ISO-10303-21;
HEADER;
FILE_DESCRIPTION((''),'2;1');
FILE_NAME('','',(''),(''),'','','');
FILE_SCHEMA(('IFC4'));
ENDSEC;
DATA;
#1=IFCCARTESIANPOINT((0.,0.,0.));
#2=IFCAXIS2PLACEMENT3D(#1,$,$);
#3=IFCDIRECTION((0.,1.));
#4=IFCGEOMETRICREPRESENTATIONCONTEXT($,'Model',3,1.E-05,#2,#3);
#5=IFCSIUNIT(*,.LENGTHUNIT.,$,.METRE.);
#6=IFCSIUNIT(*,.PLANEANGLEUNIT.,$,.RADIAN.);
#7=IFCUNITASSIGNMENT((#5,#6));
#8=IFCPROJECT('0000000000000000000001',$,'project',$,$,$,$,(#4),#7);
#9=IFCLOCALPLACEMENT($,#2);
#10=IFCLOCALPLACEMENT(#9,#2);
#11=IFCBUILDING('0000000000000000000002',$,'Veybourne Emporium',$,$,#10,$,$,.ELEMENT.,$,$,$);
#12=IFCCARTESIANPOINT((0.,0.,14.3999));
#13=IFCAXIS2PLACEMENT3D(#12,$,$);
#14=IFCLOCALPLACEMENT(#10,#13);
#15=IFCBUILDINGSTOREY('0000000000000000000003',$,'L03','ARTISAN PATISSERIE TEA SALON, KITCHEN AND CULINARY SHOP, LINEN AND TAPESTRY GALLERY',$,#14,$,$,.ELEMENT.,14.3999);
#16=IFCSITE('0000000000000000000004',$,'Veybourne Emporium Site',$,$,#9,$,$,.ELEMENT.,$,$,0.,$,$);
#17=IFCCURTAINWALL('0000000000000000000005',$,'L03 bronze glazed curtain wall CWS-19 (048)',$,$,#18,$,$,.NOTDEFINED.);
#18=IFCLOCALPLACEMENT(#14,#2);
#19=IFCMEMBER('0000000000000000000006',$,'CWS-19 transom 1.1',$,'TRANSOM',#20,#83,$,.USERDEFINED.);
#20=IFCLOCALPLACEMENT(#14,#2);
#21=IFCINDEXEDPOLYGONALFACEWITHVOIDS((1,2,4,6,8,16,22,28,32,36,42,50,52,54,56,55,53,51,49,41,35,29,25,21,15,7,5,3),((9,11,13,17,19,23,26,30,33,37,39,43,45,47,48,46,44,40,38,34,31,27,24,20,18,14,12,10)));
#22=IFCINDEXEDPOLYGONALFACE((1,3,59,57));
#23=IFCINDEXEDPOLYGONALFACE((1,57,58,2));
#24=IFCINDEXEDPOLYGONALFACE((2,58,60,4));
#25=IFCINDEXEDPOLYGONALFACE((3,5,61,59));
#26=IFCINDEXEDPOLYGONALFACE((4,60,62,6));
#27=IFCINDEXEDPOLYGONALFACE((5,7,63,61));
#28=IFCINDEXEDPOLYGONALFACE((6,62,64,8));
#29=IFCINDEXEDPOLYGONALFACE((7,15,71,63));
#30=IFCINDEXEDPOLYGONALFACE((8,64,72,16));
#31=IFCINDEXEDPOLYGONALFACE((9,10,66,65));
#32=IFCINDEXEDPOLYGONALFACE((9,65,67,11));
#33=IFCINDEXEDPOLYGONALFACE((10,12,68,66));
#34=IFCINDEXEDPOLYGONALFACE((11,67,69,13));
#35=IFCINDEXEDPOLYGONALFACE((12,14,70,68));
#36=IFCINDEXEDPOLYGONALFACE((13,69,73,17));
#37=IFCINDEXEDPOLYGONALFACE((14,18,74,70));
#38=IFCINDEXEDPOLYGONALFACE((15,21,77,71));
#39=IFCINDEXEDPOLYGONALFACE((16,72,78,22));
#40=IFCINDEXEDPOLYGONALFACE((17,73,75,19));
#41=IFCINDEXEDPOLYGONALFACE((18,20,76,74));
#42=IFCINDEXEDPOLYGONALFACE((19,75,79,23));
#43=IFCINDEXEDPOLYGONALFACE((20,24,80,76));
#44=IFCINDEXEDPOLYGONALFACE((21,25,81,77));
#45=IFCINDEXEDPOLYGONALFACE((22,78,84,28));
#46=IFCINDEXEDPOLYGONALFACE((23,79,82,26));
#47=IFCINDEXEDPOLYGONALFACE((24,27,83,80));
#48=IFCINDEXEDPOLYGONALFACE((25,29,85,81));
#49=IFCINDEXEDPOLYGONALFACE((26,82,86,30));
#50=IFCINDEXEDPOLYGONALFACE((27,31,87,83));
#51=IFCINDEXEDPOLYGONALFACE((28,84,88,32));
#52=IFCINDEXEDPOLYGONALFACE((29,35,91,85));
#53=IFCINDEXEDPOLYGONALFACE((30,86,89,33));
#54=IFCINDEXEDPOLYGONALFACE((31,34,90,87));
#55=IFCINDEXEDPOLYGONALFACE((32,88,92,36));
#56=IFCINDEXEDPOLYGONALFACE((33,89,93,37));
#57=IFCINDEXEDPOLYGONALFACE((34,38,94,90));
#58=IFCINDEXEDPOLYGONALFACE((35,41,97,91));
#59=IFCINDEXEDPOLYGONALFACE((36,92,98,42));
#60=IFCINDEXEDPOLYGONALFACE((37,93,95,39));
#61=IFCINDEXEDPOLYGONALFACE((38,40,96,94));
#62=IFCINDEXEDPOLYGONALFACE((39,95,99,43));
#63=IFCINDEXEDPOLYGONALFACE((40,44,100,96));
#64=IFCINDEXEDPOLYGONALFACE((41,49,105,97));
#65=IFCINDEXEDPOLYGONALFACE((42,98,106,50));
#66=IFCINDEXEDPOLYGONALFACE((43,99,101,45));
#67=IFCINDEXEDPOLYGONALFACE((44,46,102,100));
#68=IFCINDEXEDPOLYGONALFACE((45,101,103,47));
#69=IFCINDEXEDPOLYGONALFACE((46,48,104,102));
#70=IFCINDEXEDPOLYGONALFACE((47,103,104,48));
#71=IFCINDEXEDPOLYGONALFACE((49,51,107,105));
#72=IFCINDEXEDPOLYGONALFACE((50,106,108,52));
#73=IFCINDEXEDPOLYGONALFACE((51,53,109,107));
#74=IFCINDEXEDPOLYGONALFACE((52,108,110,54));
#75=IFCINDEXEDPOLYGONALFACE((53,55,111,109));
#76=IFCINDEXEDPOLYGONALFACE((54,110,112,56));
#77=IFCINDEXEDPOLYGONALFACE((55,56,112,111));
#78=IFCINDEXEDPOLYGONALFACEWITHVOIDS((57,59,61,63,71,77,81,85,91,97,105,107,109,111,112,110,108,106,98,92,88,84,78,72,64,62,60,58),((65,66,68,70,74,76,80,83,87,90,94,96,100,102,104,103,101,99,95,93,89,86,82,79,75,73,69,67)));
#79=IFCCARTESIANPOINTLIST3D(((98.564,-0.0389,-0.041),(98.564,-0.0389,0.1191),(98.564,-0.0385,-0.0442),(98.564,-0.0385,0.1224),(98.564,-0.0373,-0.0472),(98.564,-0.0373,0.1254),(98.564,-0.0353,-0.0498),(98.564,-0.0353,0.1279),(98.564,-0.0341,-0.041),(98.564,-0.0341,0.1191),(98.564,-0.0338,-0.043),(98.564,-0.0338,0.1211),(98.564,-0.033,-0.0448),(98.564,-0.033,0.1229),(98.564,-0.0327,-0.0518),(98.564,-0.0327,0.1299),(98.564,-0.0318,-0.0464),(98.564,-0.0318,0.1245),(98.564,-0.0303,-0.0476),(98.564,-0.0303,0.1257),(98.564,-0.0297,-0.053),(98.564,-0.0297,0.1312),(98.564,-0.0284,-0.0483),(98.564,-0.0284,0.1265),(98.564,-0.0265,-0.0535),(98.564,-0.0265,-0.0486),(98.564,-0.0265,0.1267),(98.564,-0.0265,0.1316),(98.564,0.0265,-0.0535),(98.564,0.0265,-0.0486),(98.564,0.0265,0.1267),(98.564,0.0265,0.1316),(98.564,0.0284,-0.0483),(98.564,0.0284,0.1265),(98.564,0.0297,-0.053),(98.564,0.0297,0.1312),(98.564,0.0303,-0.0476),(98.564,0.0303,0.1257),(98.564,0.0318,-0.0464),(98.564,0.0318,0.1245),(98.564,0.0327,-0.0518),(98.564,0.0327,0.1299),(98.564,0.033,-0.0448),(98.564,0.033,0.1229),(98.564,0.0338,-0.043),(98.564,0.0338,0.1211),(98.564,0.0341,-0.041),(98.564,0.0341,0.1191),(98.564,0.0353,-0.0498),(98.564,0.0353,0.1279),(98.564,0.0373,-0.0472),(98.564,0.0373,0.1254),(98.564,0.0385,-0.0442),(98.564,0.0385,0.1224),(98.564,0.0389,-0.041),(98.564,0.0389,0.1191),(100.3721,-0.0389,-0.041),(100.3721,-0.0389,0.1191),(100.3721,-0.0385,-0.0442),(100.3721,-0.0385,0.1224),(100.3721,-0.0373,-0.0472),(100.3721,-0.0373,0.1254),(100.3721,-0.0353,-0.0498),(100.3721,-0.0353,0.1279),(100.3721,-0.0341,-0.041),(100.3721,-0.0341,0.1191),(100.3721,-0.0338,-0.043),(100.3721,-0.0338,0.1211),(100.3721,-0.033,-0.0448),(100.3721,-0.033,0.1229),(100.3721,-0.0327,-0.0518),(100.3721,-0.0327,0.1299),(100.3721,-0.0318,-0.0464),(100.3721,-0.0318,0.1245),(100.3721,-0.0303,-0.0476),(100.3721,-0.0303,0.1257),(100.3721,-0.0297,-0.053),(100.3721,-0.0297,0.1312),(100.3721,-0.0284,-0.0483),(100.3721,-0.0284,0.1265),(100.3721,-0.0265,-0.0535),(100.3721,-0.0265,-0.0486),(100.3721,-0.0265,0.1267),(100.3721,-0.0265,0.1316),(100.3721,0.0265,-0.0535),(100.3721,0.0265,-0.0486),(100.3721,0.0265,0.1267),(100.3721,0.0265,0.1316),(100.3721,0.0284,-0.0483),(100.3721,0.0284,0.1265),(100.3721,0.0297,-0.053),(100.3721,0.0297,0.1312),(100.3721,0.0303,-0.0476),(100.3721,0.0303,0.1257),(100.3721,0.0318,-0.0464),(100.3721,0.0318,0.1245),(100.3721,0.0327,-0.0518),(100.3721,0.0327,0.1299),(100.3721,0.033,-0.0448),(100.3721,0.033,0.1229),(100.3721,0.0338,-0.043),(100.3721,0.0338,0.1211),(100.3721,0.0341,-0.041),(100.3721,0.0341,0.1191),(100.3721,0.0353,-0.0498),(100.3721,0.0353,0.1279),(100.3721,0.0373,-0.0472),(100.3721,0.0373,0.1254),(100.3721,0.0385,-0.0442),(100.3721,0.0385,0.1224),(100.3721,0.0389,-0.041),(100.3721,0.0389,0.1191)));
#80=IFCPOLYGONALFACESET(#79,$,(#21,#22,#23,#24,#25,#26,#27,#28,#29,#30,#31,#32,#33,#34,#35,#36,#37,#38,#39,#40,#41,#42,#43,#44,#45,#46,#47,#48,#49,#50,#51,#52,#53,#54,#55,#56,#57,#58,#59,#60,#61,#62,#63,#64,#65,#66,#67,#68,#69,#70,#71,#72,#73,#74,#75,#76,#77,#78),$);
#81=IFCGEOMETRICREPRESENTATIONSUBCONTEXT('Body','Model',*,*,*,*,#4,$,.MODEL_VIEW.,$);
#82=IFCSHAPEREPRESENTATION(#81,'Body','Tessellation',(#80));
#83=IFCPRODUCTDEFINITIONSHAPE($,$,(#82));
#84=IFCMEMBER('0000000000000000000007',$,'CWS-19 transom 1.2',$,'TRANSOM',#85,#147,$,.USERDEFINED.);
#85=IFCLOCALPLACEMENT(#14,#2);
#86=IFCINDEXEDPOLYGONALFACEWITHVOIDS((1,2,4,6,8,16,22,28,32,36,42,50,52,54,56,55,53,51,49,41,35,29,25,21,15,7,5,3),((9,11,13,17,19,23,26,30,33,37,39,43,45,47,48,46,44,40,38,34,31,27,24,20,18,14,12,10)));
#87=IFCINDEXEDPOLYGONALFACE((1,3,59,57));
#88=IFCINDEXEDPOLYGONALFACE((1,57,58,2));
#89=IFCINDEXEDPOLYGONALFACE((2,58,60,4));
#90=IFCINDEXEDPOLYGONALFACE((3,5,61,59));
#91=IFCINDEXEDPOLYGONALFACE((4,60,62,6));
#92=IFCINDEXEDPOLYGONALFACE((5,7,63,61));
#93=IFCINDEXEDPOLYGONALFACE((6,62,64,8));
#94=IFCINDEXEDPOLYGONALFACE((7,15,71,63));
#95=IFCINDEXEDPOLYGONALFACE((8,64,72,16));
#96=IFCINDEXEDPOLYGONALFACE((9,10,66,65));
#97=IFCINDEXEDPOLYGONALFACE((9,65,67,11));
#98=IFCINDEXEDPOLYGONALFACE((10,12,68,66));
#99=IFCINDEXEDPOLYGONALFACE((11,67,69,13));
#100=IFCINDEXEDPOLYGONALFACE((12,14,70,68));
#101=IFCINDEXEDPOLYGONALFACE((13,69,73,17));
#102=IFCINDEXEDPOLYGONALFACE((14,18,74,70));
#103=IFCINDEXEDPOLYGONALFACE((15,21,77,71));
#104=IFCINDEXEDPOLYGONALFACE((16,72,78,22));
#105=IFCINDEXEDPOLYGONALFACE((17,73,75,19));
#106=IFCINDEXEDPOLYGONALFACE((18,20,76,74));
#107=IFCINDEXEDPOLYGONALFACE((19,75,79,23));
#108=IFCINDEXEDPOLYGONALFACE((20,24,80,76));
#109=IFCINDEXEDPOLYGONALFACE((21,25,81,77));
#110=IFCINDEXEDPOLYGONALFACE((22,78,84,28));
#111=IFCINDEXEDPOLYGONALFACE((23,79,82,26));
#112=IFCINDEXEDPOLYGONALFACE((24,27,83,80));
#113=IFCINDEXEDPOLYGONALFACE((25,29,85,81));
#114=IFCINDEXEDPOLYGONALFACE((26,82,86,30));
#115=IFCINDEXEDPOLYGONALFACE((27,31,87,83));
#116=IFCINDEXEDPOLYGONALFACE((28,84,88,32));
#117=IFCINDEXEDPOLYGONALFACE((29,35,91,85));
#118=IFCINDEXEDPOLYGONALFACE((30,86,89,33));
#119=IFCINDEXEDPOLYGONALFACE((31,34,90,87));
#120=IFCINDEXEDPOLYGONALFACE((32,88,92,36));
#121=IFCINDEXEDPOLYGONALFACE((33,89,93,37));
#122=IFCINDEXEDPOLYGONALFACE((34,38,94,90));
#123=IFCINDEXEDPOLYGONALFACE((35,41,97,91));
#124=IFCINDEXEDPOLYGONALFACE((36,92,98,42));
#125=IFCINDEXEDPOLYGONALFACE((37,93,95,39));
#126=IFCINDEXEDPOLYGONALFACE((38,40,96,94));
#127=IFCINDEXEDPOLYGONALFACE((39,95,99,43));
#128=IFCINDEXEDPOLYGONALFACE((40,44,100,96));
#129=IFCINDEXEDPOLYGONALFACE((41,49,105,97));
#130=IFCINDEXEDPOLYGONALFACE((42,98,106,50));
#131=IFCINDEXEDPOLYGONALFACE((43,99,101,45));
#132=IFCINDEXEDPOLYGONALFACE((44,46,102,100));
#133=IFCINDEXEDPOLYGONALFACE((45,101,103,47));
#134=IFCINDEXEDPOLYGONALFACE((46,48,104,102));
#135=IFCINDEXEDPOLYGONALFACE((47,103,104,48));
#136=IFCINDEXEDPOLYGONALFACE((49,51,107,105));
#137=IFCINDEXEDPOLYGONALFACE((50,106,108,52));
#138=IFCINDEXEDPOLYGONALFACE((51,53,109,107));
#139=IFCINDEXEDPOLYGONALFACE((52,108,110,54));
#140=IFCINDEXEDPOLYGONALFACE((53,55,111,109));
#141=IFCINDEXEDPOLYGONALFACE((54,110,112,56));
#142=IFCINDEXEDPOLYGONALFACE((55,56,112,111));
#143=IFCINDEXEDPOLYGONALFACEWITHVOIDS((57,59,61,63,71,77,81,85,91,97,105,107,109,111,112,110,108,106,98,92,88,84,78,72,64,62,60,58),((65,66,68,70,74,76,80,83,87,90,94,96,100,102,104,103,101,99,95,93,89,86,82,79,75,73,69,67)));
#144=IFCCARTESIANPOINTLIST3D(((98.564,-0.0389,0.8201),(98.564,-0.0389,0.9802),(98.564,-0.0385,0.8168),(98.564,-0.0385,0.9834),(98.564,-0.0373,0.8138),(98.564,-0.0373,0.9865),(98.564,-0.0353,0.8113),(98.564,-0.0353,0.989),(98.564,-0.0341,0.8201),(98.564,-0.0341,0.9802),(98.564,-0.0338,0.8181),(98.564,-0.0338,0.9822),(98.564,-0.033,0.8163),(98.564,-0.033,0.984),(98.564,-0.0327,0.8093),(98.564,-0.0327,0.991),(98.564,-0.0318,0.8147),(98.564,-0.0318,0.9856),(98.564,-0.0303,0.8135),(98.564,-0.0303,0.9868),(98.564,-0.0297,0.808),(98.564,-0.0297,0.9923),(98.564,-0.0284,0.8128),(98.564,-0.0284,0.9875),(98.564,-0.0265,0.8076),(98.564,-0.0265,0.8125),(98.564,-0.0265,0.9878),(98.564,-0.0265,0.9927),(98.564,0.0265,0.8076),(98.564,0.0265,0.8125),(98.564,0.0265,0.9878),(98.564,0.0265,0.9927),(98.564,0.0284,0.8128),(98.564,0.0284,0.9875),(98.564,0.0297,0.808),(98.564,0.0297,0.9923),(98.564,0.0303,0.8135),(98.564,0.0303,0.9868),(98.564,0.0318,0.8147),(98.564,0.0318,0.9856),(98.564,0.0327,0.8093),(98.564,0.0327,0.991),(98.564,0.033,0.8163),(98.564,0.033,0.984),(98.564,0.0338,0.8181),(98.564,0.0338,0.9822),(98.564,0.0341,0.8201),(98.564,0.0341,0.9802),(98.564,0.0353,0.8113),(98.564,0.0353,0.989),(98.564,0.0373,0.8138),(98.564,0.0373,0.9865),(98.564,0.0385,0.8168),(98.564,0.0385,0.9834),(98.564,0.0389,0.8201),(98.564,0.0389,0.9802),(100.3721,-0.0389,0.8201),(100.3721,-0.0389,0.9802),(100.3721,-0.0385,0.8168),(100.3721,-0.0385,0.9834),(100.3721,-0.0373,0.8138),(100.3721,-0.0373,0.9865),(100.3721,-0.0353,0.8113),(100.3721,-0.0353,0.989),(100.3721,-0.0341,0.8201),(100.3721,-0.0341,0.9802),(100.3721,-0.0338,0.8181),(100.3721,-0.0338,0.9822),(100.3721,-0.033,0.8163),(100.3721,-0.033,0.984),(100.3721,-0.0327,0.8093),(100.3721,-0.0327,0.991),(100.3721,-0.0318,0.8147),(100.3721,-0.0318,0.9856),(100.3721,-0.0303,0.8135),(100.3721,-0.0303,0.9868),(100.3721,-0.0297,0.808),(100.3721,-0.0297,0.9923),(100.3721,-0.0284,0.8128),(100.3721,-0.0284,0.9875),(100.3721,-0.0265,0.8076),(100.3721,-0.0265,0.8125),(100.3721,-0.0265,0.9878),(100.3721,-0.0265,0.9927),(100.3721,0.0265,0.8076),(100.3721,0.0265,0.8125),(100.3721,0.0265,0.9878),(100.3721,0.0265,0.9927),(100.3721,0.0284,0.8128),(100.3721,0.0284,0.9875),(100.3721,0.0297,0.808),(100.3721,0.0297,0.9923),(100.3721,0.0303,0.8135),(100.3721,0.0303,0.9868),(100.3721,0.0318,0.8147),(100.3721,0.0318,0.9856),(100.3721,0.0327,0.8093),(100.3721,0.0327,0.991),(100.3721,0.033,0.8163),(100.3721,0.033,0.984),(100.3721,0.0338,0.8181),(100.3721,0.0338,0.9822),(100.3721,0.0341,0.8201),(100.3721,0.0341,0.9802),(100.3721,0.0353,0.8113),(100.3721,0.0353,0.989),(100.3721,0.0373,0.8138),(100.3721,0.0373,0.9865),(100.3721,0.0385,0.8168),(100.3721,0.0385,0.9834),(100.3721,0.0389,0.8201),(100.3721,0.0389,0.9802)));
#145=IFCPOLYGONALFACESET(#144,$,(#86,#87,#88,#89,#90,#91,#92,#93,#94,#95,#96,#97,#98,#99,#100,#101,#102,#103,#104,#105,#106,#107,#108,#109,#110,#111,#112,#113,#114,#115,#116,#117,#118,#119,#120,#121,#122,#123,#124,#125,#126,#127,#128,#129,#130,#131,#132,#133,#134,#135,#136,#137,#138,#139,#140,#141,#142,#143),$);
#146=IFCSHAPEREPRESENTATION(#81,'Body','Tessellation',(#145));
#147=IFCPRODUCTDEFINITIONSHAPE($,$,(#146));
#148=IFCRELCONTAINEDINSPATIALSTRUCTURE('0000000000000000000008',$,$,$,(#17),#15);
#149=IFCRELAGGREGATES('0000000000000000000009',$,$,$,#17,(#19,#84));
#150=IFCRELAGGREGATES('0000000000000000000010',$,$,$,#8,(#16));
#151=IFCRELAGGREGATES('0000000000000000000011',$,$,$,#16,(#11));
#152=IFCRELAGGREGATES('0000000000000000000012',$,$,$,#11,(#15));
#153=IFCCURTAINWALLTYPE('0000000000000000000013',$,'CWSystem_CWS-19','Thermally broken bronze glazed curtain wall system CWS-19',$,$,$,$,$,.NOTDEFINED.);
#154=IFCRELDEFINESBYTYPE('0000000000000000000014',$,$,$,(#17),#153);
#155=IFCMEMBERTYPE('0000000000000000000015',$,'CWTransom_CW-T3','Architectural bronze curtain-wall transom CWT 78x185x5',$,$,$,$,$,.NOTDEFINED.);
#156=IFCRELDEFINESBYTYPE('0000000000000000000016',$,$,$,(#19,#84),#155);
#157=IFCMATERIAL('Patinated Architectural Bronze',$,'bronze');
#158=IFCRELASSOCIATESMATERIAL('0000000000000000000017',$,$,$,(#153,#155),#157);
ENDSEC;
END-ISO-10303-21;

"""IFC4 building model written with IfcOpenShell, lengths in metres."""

from ifc_helpers import new_model, si_unit, direction, frame, origin, origin_2d, place, context, subcontext, project, spatial, hollow_rectangle, extrude, material, material_profile, profile_set, type_object, element, aggregate, save


model = new_model("IFC4")

# Units and contexts
model_context = context("Model", 3, precision=1e-05, world=origin(), true_north=direction((0.0, 1.0)))
body_context = subcontext(model_context, "Body", "Model", "MODEL_VIEW")
ifc_project = project(units=[si_unit("LENGTHUNIT", "METRE"), si_unit("PLANEANGLEUNIT", "RADIAN")], contexts=[model_context])

# Site, building, storey
site_placement = place(None, origin())
site = spatial("IfcSite", under=ifc_project, at=site_placement, Name="Veybourne Emporium Site", CompositionType="ELEMENT", RefElevation=0.0)
building_placement = place(site_placement, origin())
building = spatial("IfcBuilding", under=site, at=building_placement, Name="Veybourne Emporium", CompositionType="ELEMENT")
storey_placement = place(building_placement, frame((0.0, 0.0, 14.3999)))
storey = spatial("IfcBuildingStorey", under=building, at=storey_placement, Name="L03", Description="ARTISAN PATISSERIE TEA SALON, KITCHEN AND CULINARY SHOP, LINEN AND TAPESTRY GALLERY", CompositionType="ELEMENT", Elevation=14.3999)

# Curtain wall, members
ifc_material_1 = material(Name="Patinated Architectural Bronze", Category="bronze")
curtain_wall_type = type_object("IfcCurtainWallType", Name="CWSystem_CWS-19", Description="Thermally broken bronze glazed curtain wall system CWS-19", PredefinedType="NOTDEFINED", material=ifc_material_1)
curtain_wall_placement = place(storey_placement, origin())
curtain_wall = element("IfcCurtainWall", 1, at=curtain_wall_placement, inside=storey, type_object=curtain_wall_type, Name="L03 bronze glazed curtain wall CWS-19 (048)", PredefinedType="NOTDEFINED")
ifc_material_profile_1 = material_profile(ifc_material_1, hollow_rectangle(XDim=0.0779, YDim=0.1851, WallThickness=0.0049, InnerFilletRadius=0.0076, OuterFilletRadius=0.0125, at=origin_2d()), Name="CWT 78x185x5")
ifc_profile_set_1 = profile_set([ifc_material_profile_1], Name="Patinated Architectural Bronze")
member_type_1 = type_object("IfcMemberType", Name="CWTransom_CW-T3", Description="Architectural bronze curtain-wall transom CWT 78x185x5", PredefinedType="NOTDEFINED", material=ifc_profile_set_1)
member_1_placement = place(storey_placement, frame((100.3721, 0.0, 0.0391), z_axis=(-1.0, 0.0, 0.0), x_axis=(0.0, -1.0, 0.0)))
member_1 = element("IfcMember", 2, at=member_1_placement, type_object=member_type_1, Name="CWS-19 transom 1.1", ObjectType="TRANSOM", PredefinedType="USERDEFINED", context=body_context, shape_type="SweptSolid", body=[
    extrude(hollow_rectangle(XDim=0.0779, YDim=0.1851, WallThickness=0.0049, InnerFilletRadius=0.0076, OuterFilletRadius=0.0125, at=origin_2d()), origin(), (0.0, 0.0, 1.0), 1.8081),
])
member_2_placement = place(storey_placement, frame((100.3721, 0.0, 0.9001), z_axis=(-1.0, 0.0, 0.0), x_axis=(0.0, -1.0, 0.0)))
member_2 = element("IfcMember", 3, at=member_2_placement, type_object=member_type_1, Name="CWS-19 transom 1.2", ObjectType="TRANSOM", PredefinedType="USERDEFINED", context=body_context, shape_type="SweptSolid", body=[
    extrude(hollow_rectangle(XDim=0.0779, YDim=0.1851, WallThickness=0.0049, InnerFilletRadius=0.0076, OuterFilletRadius=0.0125, at=origin_2d()), origin(), (0.0, 0.0, 1.0), 1.8081),
])
aggregate(curtain_wall, [member_1, member_2])

save(model, "model.ifc")
